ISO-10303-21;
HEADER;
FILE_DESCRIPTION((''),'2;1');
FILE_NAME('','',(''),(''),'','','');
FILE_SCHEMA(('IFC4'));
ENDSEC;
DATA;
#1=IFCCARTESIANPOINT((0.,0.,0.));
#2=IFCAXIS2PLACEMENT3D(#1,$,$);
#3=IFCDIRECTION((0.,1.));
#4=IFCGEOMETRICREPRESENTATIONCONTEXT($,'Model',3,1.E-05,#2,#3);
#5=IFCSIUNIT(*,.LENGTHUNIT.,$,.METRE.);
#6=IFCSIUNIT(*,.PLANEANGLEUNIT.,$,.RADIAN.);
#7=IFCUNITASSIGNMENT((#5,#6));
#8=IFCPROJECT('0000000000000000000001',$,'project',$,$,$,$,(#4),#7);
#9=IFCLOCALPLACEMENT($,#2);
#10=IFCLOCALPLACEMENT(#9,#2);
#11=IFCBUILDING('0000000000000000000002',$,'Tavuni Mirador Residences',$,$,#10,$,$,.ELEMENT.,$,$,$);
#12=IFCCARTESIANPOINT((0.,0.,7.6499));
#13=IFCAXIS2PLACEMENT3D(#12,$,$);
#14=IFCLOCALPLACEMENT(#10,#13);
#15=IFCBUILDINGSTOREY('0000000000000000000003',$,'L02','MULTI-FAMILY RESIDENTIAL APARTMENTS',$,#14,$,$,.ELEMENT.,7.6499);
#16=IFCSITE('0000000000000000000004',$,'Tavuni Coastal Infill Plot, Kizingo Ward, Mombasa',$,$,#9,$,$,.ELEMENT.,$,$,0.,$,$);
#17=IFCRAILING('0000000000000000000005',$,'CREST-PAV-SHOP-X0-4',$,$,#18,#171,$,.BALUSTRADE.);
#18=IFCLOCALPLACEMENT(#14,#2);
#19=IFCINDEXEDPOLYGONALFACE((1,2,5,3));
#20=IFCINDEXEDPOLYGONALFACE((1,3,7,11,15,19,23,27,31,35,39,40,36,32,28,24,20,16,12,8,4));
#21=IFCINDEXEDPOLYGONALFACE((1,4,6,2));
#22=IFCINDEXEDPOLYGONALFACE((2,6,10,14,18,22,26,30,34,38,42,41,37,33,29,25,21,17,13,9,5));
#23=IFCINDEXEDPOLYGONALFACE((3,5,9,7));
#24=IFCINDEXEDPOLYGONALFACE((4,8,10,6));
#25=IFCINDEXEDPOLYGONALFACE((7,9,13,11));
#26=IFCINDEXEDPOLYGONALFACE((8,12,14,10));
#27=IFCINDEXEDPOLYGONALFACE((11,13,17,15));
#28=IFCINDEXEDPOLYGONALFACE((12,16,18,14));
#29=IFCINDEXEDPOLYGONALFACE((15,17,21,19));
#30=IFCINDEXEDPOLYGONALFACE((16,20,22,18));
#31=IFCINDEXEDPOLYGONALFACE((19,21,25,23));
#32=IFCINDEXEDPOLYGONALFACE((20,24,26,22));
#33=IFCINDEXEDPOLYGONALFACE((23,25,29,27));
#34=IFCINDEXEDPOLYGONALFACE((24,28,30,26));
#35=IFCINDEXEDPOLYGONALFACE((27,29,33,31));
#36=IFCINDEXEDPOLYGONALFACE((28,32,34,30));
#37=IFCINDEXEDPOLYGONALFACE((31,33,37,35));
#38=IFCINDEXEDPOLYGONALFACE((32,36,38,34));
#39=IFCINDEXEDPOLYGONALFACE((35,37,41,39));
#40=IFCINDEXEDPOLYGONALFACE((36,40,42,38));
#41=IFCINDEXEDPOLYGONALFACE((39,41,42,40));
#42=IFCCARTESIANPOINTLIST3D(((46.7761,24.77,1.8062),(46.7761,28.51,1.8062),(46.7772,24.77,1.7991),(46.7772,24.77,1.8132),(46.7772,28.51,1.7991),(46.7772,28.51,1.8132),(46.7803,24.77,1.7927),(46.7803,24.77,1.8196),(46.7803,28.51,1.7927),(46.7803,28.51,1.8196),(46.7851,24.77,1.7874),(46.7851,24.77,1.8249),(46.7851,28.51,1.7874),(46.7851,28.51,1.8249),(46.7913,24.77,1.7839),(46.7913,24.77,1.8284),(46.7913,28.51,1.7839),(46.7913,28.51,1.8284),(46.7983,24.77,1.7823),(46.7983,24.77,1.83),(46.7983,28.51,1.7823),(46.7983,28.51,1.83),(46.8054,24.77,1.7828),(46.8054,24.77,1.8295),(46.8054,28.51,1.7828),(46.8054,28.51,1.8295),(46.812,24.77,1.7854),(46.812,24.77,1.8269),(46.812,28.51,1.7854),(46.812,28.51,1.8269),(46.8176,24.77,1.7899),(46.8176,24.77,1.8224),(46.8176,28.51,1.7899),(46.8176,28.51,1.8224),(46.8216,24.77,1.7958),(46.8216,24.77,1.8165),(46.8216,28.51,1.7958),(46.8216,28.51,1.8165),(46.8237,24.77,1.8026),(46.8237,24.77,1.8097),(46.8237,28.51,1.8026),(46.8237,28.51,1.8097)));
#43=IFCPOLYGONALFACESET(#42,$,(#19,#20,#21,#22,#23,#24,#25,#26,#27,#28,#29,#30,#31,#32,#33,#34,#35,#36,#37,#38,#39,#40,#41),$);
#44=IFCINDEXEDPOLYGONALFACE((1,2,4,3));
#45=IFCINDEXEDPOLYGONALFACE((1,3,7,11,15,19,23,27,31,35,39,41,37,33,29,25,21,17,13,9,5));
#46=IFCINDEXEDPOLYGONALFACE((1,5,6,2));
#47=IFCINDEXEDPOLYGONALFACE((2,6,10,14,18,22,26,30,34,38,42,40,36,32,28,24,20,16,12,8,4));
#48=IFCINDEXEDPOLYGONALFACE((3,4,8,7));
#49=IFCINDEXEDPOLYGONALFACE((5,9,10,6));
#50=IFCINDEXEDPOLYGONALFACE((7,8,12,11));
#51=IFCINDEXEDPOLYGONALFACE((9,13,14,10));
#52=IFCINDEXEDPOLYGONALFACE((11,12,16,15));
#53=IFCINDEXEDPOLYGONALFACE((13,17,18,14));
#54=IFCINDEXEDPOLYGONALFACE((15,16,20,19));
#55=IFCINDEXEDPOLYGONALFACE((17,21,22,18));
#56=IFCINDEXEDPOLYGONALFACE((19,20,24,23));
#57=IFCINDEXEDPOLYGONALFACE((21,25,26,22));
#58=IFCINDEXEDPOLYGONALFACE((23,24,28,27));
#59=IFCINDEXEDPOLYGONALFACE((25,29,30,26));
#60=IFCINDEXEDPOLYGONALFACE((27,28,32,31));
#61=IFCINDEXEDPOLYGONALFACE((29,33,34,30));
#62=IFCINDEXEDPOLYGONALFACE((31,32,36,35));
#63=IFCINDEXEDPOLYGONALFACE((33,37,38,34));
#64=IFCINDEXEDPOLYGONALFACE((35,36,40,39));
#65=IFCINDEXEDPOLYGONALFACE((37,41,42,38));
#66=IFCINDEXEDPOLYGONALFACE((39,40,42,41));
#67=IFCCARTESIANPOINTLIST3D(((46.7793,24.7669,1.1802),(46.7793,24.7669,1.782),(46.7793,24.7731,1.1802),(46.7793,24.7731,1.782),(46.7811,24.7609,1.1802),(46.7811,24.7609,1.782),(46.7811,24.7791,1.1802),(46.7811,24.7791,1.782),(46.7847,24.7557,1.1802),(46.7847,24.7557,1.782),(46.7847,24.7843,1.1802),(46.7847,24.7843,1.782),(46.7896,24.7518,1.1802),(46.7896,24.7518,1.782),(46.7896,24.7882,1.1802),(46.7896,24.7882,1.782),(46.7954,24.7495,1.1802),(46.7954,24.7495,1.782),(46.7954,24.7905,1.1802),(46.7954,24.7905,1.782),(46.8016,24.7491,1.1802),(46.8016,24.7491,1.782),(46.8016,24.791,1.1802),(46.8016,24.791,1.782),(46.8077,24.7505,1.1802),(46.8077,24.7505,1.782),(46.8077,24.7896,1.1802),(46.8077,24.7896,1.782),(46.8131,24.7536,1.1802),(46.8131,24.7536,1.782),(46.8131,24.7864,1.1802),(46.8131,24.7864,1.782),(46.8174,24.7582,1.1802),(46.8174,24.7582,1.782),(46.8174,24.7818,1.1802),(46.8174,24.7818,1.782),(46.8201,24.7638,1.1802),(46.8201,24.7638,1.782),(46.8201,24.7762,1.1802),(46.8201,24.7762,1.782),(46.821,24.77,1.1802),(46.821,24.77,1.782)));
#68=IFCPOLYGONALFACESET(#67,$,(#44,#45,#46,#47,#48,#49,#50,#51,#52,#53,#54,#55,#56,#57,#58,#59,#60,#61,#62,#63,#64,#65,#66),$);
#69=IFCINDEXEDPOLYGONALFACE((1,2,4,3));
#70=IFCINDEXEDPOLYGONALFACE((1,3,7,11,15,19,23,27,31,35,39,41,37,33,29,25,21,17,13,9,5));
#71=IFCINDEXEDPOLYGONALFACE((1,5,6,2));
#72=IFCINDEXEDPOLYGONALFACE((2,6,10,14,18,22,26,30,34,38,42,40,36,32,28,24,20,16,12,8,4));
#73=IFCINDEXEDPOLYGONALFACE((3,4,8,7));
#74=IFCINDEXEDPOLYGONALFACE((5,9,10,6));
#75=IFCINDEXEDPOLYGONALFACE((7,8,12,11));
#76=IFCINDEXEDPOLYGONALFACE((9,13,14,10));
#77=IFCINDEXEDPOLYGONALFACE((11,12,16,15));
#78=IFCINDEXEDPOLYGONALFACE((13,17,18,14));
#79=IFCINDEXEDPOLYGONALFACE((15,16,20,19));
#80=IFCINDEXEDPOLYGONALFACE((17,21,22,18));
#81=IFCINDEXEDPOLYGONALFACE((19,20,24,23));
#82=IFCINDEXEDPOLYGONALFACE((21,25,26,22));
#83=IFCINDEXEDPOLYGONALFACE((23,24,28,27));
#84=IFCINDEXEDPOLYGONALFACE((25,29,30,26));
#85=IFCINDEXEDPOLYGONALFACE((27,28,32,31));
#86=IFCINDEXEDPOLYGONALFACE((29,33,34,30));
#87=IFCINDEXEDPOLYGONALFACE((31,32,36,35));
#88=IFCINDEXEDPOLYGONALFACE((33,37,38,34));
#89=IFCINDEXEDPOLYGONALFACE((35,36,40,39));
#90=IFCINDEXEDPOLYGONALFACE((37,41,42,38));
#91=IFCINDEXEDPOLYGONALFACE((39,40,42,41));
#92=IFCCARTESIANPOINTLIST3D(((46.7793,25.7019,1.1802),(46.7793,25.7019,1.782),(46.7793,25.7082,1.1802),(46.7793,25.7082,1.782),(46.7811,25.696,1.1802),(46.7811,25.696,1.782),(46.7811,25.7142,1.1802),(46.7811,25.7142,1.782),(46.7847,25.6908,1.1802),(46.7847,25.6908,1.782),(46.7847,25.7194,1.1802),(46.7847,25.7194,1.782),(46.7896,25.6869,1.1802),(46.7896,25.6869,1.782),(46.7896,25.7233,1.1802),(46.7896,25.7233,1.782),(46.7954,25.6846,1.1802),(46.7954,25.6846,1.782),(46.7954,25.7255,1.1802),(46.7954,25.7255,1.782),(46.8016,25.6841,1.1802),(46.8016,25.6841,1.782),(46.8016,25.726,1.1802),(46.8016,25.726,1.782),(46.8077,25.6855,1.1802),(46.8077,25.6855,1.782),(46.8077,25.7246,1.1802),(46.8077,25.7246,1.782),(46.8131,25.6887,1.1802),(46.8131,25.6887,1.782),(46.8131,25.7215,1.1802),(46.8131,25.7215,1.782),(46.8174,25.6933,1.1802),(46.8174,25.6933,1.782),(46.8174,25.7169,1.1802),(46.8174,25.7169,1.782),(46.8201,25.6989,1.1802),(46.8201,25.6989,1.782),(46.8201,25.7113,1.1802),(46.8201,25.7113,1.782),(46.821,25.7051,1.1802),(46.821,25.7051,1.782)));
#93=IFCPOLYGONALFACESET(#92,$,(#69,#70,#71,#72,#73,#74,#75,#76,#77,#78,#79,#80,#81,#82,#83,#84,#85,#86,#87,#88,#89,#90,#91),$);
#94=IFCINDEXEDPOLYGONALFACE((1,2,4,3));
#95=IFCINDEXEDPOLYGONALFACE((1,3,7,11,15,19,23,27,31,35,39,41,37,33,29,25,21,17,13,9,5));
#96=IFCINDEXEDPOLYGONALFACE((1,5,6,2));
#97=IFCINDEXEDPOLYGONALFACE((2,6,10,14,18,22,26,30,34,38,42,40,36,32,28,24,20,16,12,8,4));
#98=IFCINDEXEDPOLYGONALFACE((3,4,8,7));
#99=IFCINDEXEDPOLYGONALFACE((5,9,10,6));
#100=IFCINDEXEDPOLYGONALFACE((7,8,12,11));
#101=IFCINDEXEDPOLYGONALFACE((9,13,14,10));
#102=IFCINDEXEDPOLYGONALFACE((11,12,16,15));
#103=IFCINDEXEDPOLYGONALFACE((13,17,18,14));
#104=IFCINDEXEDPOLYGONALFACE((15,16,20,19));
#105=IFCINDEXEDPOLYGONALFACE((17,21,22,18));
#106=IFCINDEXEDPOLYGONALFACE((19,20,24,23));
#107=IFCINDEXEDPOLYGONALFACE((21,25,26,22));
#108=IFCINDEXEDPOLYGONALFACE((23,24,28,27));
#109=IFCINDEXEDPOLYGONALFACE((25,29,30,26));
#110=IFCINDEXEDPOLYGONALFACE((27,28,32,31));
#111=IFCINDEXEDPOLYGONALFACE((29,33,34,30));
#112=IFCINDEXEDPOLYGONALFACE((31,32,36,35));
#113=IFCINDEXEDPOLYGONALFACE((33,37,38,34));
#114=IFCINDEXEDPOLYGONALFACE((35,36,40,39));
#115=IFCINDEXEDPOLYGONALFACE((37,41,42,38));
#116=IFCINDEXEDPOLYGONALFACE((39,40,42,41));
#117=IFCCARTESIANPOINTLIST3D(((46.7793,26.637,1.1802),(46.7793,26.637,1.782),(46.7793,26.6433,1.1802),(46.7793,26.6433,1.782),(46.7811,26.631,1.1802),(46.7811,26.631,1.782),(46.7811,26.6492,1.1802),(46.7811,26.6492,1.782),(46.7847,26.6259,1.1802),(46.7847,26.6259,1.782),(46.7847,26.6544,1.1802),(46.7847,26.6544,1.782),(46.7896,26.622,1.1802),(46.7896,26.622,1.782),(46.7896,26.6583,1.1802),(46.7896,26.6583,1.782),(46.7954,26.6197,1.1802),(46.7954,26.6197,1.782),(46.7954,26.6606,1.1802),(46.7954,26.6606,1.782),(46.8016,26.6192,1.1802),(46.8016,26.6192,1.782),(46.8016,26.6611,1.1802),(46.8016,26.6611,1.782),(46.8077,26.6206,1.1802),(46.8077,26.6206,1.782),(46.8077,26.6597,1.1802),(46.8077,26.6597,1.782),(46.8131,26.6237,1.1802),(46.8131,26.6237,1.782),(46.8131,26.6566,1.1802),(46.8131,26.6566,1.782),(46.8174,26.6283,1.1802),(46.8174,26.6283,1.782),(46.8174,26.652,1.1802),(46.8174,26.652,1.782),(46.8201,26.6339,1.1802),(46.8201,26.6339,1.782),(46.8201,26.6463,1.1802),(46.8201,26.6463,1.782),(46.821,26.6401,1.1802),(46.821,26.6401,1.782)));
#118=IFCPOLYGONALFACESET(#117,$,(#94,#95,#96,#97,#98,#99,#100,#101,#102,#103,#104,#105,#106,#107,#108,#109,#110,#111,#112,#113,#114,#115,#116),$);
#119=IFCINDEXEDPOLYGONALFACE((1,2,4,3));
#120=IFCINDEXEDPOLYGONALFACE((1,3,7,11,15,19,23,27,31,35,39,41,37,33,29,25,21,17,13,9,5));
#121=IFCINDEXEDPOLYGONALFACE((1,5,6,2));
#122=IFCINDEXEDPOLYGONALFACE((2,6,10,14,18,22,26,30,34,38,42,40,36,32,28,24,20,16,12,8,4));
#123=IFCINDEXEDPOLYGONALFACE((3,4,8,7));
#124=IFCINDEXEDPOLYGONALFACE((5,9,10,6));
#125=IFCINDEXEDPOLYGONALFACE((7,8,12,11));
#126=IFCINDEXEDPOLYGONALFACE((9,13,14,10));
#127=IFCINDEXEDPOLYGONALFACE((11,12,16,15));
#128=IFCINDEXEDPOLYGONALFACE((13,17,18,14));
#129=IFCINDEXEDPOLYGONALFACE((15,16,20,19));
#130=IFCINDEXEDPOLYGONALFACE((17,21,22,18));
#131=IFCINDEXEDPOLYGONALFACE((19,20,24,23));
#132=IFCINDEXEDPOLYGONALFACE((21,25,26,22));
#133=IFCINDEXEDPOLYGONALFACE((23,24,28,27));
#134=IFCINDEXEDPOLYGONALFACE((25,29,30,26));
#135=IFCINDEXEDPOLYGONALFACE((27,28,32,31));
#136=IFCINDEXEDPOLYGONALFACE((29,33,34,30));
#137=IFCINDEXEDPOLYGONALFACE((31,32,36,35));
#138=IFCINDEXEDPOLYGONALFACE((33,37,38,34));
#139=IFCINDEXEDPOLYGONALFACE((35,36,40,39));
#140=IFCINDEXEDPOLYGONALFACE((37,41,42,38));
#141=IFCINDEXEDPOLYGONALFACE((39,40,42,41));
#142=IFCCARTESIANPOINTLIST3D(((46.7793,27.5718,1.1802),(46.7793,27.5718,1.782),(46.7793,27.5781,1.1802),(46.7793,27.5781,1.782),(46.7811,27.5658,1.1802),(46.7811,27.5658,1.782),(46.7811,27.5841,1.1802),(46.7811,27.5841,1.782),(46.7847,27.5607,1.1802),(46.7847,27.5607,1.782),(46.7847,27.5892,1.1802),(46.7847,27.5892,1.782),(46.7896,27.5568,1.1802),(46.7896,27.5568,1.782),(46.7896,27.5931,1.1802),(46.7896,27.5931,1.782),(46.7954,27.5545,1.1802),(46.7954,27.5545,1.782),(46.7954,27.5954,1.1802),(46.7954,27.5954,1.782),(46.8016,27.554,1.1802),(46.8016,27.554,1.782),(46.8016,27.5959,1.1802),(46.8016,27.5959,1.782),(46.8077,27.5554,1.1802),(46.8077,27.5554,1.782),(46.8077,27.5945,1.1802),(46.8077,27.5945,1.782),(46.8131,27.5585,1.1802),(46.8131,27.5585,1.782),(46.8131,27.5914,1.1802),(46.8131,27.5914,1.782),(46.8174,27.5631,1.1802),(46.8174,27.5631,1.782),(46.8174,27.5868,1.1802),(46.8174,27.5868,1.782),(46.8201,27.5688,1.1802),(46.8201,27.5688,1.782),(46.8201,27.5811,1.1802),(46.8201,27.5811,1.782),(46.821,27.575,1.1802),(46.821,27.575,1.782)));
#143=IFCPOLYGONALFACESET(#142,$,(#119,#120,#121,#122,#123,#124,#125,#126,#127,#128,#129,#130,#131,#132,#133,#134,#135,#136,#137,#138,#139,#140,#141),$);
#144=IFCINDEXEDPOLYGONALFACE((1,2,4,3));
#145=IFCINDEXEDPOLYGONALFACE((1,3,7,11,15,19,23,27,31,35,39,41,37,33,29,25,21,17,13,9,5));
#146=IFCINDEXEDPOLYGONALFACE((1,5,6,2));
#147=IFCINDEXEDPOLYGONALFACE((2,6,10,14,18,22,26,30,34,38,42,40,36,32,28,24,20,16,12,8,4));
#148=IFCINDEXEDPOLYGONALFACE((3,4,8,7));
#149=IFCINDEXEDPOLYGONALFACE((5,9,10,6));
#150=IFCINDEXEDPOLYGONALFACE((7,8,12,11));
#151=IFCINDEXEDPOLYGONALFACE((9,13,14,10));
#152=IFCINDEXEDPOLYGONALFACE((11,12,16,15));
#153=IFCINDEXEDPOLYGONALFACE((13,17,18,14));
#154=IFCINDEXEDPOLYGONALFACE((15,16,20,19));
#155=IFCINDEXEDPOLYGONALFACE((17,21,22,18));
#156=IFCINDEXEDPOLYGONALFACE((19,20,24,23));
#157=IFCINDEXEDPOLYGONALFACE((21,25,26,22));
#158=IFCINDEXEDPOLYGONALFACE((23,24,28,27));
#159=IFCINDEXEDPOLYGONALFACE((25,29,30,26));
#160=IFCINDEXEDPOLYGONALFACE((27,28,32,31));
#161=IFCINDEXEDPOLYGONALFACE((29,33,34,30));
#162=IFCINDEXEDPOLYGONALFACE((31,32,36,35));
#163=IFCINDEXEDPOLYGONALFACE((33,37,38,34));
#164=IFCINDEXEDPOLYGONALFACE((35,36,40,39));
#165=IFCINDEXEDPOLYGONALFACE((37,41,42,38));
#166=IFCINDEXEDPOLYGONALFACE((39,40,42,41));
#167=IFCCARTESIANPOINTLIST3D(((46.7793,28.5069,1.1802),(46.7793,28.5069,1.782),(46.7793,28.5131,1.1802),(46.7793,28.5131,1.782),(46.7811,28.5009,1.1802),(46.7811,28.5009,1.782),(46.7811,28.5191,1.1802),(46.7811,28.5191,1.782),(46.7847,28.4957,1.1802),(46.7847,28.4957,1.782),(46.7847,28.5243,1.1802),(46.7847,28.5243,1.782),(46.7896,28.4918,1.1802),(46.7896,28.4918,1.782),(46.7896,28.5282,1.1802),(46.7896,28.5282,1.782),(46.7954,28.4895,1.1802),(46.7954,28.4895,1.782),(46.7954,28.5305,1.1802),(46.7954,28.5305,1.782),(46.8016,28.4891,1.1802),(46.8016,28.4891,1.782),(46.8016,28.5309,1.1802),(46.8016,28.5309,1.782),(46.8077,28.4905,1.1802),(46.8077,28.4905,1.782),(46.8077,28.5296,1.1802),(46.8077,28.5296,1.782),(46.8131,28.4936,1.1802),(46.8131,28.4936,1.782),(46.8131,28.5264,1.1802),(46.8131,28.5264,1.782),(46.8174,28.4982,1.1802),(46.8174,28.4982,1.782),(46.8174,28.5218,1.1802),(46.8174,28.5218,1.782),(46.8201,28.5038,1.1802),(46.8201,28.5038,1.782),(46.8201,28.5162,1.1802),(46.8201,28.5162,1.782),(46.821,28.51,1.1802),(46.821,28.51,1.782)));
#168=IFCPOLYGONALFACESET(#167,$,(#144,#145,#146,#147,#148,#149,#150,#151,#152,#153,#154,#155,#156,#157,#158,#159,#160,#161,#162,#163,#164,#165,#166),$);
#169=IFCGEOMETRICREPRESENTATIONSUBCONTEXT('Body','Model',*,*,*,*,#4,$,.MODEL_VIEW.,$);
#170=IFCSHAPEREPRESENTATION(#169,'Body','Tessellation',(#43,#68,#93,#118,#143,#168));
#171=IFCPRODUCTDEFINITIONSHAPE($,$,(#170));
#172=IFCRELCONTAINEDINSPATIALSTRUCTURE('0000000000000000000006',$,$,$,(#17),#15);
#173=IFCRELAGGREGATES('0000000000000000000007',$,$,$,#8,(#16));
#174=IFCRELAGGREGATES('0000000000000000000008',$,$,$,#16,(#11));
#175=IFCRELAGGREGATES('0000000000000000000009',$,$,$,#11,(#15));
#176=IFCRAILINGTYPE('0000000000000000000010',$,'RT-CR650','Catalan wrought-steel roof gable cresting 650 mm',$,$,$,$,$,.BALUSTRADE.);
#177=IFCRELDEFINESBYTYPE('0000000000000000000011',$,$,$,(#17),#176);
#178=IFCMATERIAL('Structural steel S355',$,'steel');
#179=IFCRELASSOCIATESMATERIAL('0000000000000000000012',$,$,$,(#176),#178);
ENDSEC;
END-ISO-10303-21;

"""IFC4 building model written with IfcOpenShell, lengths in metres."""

from ifc_helpers import new_model, si_unit, direction, frame, origin, origin_2d, place, context, subcontext, project, spatial, circle, extrude, material, type_object, element, save


model = new_model("IFC4")

# Units and contexts
model_context = context("Model", 3, precision=1e-05, world=origin(), true_north=direction((0.0, 1.0)))
body_context = subcontext(model_context, "Body", "Model", "MODEL_VIEW")
ifc_project = project(units=[si_unit("LENGTHUNIT", "METRE"), si_unit("PLANEANGLEUNIT", "RADIAN")], contexts=[model_context])

# Site, building, storey
site_placement = place(None, origin())
site = spatial("IfcSite", under=ifc_project, at=site_placement, Name="Tavuni Coastal Infill Plot, Kizingo Ward, Mombasa", CompositionType="ELEMENT", RefElevation=0.0)
building_placement = place(site_placement, origin())
building = spatial("IfcBuilding", under=site, at=building_placement, Name="Tavuni Mirador Residences", CompositionType="ELEMENT")
storey_placement = place(building_placement, frame((0.0, 0.0, 7.6499)))
storey = spatial("IfcBuildingStorey", under=building, at=storey_placement, Name="L02", Description="MULTI-FAMILY RESIDENTIAL APARTMENTS", CompositionType="ELEMENT", Elevation=7.6499)

# Shared definitions
ifc_material_1 = material(Name="Structural steel S355", Category="steel")

# Railing
railing_type = type_object("IfcRailingType", Name="RT-CR650", Description="Catalan wrought-steel roof gable cresting 650 mm", PredefinedType="BALUSTRADE", material=ifc_material_1)
for number, where, name in (
    (1, (46.8, 24.77, 1.1802), "CREST-PAV-SHOP-X0-4"),
):
    element("IfcRailing", number, at=place(storey_placement, frame(where)), inside=storey, type_object=railing_type, Name=name, PredefinedType="BALUSTRADE", context=body_context, shape_type="SweptSolid", body=[
        extrude(circle(Radius=0.0239, at=origin_2d()), frame((0.0, 0.0, 0.626), z_axis=(0.0, 1.0, 0.0), x_axis=(-1.0, 0.0, 0.0)), (0.0, 0.0, 1.0), 3.74),
        extrude(circle(Radius=0.021, at=origin_2d()), origin(), (0.0, 0.0, 1.0), 0.6018),
        extrude(circle(Radius=0.021, at=origin_2d()), frame((0.0, 0.9351, 0.0)), (0.0, 0.0, 1.0), 0.6018),
        extrude(circle(Radius=0.021, at=origin_2d()), frame((0.0, 1.8701, 0.0)), (0.0, 0.0, 1.0), 0.6018),
        extrude(circle(Radius=0.021, at=origin_2d()), frame((0.0, 2.8049, 0.0)), (0.0, 0.0, 1.0), 0.6018),
        extrude(circle(Radius=0.021, at=origin_2d()), frame((0.0, 3.74, 0.0)), (0.0, 0.0, 1.0), 0.6018),
    ])

save(model, "model.ifc")
